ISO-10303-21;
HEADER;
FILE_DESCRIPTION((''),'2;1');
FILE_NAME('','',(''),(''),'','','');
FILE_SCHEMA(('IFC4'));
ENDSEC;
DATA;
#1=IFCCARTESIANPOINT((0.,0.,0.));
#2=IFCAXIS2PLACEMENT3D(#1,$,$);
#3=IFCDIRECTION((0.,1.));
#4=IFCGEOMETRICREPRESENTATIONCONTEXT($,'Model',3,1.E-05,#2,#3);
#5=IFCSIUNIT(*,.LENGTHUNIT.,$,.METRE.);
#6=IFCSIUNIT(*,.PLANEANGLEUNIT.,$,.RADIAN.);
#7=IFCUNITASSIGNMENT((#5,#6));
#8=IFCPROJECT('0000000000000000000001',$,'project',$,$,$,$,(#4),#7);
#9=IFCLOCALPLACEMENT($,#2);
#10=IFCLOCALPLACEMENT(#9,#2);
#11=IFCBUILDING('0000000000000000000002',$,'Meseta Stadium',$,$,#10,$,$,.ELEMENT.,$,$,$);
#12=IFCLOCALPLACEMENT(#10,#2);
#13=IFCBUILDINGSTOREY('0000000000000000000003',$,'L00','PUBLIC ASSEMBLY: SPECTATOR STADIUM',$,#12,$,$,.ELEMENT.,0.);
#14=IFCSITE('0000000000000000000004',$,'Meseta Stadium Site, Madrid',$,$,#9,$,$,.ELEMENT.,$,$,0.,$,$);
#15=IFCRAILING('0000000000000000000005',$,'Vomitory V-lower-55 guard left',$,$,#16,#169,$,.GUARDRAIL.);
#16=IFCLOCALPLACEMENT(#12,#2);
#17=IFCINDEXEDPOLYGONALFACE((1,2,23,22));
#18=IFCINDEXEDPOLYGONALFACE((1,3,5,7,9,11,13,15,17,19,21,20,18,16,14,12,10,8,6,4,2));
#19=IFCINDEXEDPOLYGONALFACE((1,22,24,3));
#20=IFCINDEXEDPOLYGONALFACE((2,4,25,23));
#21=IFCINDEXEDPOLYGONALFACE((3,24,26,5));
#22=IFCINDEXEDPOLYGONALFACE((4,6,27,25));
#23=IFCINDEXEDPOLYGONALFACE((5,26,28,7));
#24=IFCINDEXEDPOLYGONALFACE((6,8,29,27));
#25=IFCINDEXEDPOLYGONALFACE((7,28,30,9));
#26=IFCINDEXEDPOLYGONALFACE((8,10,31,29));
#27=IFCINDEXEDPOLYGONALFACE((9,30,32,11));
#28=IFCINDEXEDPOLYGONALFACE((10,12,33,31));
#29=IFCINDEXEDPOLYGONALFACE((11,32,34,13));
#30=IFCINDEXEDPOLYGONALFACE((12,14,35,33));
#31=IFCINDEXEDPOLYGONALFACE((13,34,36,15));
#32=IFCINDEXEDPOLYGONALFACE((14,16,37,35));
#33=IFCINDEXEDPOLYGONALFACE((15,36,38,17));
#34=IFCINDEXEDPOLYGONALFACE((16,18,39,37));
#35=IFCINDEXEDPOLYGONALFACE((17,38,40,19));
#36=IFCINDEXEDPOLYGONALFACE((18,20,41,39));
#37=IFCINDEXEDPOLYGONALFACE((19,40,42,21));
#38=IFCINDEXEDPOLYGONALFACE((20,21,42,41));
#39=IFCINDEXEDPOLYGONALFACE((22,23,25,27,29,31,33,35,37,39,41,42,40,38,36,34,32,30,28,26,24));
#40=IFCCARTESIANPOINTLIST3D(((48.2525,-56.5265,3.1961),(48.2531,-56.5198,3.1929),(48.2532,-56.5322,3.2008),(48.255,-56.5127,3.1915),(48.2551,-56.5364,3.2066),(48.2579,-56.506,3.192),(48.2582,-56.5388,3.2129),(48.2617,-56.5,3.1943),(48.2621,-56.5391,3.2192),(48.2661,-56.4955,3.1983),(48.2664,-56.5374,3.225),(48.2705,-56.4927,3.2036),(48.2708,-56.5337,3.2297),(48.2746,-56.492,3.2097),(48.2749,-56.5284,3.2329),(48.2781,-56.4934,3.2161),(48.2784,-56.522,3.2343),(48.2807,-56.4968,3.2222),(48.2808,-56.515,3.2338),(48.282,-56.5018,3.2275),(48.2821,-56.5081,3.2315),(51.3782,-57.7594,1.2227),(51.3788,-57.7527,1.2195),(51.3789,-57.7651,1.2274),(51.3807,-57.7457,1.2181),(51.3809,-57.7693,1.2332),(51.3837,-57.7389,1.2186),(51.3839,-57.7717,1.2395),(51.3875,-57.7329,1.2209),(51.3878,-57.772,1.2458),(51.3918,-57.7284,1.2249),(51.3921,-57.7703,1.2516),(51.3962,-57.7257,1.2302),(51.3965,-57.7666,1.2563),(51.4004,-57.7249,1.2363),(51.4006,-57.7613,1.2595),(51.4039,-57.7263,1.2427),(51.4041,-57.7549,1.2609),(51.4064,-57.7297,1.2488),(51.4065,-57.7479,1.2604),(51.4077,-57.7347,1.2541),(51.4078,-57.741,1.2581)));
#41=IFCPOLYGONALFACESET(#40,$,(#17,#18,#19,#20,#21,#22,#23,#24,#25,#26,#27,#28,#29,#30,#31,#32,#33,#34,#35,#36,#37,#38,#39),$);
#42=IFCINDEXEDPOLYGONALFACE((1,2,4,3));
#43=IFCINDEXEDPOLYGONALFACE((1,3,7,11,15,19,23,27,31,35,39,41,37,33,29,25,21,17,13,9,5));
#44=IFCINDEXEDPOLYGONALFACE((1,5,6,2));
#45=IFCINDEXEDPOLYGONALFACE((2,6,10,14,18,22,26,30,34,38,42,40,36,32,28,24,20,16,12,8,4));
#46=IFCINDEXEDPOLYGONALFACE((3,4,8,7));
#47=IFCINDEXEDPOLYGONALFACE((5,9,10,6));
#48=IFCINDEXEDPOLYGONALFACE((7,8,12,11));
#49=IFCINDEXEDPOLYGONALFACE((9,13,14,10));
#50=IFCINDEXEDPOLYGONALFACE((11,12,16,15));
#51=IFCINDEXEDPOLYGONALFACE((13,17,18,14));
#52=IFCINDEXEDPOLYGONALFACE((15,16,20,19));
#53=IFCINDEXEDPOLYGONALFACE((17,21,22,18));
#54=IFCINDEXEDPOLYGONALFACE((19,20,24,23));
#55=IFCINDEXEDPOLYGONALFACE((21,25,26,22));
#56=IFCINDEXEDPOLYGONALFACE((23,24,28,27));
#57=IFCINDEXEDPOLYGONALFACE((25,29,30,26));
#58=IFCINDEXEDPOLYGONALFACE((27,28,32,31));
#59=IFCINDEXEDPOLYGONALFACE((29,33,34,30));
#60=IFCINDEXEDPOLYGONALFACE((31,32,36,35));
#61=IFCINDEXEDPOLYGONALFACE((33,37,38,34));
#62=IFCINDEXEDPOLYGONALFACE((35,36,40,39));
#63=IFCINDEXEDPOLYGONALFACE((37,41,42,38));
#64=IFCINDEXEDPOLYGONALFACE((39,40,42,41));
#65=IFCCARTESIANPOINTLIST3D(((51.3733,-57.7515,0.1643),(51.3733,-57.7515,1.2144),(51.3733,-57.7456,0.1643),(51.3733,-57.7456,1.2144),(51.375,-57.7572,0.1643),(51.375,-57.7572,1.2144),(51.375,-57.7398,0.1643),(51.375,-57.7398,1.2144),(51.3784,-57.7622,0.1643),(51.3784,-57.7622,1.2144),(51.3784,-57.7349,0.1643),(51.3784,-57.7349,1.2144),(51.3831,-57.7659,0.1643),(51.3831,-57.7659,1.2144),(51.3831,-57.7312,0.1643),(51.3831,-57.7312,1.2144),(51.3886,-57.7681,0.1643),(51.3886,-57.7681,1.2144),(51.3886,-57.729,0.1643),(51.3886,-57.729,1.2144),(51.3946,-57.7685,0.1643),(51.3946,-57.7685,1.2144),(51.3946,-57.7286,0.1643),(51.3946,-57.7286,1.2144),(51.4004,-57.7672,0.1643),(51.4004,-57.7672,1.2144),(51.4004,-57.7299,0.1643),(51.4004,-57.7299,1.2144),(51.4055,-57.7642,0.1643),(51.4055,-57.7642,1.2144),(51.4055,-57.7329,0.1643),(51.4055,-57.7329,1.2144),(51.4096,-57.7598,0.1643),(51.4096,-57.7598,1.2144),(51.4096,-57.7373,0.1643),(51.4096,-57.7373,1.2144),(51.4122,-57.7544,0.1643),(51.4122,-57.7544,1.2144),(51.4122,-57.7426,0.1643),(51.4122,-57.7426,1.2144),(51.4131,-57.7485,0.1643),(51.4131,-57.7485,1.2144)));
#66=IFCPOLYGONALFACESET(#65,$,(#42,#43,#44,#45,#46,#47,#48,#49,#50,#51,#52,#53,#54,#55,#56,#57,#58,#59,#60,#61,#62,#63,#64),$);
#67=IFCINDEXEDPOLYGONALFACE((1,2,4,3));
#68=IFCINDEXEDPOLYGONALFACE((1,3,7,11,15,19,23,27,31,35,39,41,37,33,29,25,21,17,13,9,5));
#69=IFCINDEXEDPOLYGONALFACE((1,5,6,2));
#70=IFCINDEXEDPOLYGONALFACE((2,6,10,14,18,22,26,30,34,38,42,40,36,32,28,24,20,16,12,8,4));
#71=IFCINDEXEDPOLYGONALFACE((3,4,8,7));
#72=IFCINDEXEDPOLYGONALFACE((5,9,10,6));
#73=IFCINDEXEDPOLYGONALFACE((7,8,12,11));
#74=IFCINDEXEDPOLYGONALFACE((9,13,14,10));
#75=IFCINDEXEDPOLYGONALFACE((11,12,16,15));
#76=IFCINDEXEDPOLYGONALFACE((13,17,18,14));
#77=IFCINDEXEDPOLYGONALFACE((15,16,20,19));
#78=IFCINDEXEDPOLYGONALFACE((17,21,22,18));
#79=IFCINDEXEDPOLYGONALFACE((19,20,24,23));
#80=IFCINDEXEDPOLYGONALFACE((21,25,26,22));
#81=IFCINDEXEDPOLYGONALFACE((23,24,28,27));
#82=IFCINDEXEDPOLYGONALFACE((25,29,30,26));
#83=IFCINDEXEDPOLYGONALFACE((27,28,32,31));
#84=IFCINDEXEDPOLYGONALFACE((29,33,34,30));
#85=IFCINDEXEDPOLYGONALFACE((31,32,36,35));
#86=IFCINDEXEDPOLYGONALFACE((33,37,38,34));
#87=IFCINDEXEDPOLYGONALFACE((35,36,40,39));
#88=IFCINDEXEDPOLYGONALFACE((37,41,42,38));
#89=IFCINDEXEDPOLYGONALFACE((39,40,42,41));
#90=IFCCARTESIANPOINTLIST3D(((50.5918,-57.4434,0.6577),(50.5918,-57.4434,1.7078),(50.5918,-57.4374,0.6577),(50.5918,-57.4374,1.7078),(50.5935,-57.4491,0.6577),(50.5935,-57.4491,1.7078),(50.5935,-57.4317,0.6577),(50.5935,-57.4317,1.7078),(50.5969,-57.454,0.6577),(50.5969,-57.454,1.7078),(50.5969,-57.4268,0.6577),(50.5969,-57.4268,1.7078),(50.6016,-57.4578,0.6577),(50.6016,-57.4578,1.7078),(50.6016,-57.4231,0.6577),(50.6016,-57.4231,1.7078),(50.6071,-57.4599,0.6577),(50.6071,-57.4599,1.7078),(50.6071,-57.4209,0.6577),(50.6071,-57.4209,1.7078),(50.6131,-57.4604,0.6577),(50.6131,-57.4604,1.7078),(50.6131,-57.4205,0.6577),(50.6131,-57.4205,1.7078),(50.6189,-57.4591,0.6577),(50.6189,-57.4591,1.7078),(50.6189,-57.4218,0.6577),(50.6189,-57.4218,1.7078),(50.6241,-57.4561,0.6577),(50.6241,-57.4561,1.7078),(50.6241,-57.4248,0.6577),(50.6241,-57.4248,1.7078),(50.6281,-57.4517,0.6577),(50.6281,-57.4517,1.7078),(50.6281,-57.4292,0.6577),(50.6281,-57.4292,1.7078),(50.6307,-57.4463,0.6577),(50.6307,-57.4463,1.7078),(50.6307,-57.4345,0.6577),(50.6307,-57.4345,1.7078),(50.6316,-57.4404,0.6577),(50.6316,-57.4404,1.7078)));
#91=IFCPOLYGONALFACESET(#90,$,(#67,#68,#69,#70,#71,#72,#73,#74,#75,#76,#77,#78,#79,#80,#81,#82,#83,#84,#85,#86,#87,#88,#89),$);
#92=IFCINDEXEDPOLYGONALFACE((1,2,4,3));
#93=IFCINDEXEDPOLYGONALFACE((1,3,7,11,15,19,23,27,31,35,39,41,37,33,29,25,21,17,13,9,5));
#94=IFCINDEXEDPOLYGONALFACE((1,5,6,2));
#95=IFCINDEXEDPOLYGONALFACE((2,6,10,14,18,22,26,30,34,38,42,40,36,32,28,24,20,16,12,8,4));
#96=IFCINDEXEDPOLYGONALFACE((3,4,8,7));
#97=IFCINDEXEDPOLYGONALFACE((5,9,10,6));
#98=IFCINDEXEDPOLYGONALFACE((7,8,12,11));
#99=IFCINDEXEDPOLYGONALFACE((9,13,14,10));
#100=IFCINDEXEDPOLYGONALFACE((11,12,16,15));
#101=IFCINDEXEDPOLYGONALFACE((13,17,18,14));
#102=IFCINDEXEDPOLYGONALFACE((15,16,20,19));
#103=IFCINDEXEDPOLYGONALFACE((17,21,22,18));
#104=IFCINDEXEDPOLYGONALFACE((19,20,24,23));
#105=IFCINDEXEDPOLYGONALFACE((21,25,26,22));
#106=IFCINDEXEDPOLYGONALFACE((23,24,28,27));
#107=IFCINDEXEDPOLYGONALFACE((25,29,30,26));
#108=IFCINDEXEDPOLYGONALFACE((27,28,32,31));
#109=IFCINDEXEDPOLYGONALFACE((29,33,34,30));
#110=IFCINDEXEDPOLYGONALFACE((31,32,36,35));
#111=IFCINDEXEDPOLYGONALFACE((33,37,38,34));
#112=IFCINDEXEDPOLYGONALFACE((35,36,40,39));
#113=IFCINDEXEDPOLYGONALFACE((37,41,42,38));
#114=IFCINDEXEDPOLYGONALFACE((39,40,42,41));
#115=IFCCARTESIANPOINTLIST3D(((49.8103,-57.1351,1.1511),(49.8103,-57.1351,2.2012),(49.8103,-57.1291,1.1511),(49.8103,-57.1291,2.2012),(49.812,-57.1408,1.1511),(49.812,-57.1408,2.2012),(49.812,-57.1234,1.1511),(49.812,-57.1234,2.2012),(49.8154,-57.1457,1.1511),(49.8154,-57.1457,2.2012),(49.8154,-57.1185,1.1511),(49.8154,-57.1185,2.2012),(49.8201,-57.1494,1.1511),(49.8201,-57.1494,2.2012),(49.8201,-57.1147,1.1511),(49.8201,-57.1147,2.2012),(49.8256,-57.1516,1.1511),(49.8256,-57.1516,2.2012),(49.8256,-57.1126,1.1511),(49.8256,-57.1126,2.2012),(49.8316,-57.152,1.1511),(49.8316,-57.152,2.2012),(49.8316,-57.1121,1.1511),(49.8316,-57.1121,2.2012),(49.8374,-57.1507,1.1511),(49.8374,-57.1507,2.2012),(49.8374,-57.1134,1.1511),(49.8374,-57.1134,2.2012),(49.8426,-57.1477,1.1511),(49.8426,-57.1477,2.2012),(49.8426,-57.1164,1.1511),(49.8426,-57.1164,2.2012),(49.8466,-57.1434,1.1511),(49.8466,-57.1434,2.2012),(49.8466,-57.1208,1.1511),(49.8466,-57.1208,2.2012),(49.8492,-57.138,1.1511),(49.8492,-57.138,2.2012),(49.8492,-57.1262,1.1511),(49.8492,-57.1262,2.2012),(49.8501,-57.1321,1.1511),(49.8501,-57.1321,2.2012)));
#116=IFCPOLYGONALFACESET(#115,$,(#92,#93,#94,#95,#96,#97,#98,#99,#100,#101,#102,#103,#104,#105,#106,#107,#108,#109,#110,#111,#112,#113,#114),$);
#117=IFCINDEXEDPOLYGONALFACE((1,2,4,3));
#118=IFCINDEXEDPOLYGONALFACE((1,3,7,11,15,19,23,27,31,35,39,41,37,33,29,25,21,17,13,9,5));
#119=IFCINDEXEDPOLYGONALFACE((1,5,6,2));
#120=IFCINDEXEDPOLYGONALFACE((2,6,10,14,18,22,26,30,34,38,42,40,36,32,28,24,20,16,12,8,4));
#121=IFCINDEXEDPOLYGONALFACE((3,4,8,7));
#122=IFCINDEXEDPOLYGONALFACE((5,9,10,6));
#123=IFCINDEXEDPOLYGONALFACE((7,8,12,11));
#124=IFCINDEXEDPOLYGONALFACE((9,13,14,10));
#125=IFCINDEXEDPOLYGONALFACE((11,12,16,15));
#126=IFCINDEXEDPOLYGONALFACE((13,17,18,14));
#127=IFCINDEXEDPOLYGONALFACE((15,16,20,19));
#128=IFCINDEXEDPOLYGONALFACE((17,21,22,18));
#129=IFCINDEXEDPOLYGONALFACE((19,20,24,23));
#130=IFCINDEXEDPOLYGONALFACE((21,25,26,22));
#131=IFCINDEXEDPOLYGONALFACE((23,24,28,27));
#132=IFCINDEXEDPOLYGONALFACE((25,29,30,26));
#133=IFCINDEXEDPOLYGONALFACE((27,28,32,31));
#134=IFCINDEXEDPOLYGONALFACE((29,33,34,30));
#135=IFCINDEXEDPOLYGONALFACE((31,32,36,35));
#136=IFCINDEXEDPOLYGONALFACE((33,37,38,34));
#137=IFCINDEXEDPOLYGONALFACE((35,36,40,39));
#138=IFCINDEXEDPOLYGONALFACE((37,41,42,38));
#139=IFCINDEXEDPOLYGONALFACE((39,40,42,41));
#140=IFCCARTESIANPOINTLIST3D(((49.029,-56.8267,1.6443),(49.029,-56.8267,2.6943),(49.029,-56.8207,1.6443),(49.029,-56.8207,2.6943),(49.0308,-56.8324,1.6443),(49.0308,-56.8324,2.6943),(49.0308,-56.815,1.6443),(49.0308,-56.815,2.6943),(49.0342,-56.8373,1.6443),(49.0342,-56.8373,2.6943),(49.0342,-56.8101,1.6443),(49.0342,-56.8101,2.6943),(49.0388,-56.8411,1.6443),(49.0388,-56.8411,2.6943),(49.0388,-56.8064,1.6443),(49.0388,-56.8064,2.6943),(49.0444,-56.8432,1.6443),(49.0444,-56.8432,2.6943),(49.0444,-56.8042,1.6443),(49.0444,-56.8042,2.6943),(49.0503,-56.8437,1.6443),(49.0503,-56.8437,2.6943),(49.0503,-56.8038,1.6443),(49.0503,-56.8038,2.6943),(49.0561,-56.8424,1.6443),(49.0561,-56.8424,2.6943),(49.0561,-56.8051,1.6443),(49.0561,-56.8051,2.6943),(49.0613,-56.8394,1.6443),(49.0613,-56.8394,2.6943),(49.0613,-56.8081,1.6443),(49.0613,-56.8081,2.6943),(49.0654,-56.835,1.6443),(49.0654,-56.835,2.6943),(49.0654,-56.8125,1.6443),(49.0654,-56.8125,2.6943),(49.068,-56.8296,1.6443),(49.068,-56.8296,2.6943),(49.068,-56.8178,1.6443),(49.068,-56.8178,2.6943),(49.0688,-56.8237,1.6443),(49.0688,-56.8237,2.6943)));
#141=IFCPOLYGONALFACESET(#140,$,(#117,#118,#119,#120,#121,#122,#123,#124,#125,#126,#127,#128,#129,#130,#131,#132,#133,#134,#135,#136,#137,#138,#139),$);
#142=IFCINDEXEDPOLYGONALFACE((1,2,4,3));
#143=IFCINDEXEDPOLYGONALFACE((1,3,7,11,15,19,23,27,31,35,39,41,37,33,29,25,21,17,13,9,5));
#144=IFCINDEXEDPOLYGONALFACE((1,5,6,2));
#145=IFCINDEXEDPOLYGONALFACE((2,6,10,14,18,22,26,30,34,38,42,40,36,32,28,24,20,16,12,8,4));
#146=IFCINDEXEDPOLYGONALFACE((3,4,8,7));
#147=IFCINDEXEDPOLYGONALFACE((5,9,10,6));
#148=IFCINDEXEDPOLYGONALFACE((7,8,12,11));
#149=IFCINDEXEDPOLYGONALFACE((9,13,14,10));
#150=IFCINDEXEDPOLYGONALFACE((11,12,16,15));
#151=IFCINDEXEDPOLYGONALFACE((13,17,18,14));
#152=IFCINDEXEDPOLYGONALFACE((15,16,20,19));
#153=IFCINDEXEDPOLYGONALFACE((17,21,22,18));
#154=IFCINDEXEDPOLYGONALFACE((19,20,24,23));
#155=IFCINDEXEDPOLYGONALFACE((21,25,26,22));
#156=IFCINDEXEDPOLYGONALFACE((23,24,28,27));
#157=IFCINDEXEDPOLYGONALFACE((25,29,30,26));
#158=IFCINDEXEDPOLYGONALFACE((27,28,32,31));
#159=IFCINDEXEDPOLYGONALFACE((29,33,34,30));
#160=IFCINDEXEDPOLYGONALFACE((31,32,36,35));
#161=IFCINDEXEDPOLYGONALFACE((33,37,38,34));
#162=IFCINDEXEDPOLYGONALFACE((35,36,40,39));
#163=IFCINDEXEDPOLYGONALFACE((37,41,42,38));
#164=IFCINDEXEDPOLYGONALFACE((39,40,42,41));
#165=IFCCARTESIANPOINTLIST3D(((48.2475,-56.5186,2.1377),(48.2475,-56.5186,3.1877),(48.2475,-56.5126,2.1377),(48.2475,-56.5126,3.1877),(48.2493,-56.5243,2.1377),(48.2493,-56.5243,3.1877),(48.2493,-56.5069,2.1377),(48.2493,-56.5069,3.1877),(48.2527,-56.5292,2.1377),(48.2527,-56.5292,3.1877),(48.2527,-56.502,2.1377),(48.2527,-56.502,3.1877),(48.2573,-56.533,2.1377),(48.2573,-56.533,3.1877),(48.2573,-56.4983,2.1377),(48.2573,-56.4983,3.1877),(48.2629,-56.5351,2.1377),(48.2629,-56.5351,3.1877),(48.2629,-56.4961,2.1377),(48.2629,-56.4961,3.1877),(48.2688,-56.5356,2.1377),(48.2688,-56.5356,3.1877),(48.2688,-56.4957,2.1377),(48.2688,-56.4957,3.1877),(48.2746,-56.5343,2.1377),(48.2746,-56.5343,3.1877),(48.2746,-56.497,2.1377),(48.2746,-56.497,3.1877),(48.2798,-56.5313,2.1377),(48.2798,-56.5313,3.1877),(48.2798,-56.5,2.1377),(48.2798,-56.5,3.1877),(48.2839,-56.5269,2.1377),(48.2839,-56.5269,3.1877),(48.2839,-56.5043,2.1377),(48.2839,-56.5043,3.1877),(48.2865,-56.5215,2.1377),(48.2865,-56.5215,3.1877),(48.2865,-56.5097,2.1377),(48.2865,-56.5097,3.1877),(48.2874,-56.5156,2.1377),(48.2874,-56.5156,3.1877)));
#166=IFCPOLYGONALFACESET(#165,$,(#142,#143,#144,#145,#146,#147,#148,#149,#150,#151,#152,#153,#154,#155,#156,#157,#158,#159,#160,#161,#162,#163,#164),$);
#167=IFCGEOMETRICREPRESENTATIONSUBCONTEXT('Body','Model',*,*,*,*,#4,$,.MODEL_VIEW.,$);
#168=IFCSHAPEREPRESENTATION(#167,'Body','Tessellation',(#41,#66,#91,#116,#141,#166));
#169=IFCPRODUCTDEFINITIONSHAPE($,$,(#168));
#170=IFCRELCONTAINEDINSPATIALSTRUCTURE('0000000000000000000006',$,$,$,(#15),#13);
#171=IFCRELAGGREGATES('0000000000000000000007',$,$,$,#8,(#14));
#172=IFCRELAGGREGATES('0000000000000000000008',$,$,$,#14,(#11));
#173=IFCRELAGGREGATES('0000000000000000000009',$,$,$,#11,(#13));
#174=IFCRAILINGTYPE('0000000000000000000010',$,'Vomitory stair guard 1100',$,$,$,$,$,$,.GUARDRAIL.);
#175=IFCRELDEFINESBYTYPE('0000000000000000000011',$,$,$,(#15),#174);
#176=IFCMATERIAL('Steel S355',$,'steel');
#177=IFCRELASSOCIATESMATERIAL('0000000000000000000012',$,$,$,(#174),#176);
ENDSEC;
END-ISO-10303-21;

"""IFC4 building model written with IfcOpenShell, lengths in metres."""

from ifc_helpers import new_model, si_unit, direction, frame, origin, origin_2d, place, context, subcontext, project, spatial, circle, extrude, material, type_object, element, save


model = new_model("IFC4")

# Units and contexts
model_context = context("Model", 3, precision=1e-05, world=origin(), true_north=direction((0.0, 1.0)))
body_context = subcontext(model_context, "Body", "Model", "MODEL_VIEW")
ifc_project = project(units=[si_unit("LENGTHUNIT", "METRE"), si_unit("PLANEANGLEUNIT", "RADIAN")], contexts=[model_context])

# Site, building, storey
site_placement = place(None, origin())
site = spatial("IfcSite", under=ifc_project, at=site_placement, Name="Meseta Stadium Site, Madrid", CompositionType="ELEMENT", RefElevation=0.0)
building_placement = place(site_placement, origin())
building = spatial("IfcBuilding", under=site, at=building_placement, Name="Meseta Stadium", CompositionType="ELEMENT")
storey_placement = place(building_placement, origin())
storey = spatial("IfcBuildingStorey", under=building, at=storey_placement, Name="L00", Description="PUBLIC ASSEMBLY: SPECTATOR STADIUM", CompositionType="ELEMENT", Elevation=0.0)

# Railing
ifc_material_1 = material(Name="Steel S355", Category="steel")
railing_type_1 = type_object("IfcRailingType", Name="Vomitory stair guard 1100", PredefinedType="GUARDRAIL", material=ifc_material_1)
railing_1_placement = place(storey_placement, frame((51.3931, -57.7485, 0.1643)))
element("IfcRailing", 1, at=railing_1_placement, inside=storey, type_object=railing_type_1, Name="Vomitory V-lower-55 guard left", PredefinedType="GUARDRAIL", context=body_context, shape_type="SweptSolid", body=[
    extrude(circle(Radius=0.0249, at=origin_2d()), frame((0.0, 0.0, 1.0752), z_axis=(-0.802142, 0.316396, 0.506421), x_axis=(-0.366927, -0.93025, 0.0)), (0.0, 0.0, 1.0), 3.8967),
    extrude(circle(Radius=0.02, at=origin_2d()), origin(), (0.0, 0.0, 1.0), 1.05),
    extrude(circle(Radius=0.02, at=origin_2d()), frame((-0.7815, 0.3081, 0.4934)), (0.0, 0.0, 1.0), 1.05),
    extrude(circle(Radius=0.02, at=origin_2d()), frame((-1.563, 0.6165, 0.9868)), (0.0, 0.0, 1.0), 1.05),
    extrude(circle(Radius=0.02, at=origin_2d()), frame((-2.3442, 0.9248, 1.48)), (0.0, 0.0, 1.0), 1.05),
    extrude(circle(Radius=0.02, at=origin_2d()), frame((-3.1257, 1.2329, 1.9734)), (0.0, 0.0, 1.0), 1.05),
])

save(model, "model.ifc")
